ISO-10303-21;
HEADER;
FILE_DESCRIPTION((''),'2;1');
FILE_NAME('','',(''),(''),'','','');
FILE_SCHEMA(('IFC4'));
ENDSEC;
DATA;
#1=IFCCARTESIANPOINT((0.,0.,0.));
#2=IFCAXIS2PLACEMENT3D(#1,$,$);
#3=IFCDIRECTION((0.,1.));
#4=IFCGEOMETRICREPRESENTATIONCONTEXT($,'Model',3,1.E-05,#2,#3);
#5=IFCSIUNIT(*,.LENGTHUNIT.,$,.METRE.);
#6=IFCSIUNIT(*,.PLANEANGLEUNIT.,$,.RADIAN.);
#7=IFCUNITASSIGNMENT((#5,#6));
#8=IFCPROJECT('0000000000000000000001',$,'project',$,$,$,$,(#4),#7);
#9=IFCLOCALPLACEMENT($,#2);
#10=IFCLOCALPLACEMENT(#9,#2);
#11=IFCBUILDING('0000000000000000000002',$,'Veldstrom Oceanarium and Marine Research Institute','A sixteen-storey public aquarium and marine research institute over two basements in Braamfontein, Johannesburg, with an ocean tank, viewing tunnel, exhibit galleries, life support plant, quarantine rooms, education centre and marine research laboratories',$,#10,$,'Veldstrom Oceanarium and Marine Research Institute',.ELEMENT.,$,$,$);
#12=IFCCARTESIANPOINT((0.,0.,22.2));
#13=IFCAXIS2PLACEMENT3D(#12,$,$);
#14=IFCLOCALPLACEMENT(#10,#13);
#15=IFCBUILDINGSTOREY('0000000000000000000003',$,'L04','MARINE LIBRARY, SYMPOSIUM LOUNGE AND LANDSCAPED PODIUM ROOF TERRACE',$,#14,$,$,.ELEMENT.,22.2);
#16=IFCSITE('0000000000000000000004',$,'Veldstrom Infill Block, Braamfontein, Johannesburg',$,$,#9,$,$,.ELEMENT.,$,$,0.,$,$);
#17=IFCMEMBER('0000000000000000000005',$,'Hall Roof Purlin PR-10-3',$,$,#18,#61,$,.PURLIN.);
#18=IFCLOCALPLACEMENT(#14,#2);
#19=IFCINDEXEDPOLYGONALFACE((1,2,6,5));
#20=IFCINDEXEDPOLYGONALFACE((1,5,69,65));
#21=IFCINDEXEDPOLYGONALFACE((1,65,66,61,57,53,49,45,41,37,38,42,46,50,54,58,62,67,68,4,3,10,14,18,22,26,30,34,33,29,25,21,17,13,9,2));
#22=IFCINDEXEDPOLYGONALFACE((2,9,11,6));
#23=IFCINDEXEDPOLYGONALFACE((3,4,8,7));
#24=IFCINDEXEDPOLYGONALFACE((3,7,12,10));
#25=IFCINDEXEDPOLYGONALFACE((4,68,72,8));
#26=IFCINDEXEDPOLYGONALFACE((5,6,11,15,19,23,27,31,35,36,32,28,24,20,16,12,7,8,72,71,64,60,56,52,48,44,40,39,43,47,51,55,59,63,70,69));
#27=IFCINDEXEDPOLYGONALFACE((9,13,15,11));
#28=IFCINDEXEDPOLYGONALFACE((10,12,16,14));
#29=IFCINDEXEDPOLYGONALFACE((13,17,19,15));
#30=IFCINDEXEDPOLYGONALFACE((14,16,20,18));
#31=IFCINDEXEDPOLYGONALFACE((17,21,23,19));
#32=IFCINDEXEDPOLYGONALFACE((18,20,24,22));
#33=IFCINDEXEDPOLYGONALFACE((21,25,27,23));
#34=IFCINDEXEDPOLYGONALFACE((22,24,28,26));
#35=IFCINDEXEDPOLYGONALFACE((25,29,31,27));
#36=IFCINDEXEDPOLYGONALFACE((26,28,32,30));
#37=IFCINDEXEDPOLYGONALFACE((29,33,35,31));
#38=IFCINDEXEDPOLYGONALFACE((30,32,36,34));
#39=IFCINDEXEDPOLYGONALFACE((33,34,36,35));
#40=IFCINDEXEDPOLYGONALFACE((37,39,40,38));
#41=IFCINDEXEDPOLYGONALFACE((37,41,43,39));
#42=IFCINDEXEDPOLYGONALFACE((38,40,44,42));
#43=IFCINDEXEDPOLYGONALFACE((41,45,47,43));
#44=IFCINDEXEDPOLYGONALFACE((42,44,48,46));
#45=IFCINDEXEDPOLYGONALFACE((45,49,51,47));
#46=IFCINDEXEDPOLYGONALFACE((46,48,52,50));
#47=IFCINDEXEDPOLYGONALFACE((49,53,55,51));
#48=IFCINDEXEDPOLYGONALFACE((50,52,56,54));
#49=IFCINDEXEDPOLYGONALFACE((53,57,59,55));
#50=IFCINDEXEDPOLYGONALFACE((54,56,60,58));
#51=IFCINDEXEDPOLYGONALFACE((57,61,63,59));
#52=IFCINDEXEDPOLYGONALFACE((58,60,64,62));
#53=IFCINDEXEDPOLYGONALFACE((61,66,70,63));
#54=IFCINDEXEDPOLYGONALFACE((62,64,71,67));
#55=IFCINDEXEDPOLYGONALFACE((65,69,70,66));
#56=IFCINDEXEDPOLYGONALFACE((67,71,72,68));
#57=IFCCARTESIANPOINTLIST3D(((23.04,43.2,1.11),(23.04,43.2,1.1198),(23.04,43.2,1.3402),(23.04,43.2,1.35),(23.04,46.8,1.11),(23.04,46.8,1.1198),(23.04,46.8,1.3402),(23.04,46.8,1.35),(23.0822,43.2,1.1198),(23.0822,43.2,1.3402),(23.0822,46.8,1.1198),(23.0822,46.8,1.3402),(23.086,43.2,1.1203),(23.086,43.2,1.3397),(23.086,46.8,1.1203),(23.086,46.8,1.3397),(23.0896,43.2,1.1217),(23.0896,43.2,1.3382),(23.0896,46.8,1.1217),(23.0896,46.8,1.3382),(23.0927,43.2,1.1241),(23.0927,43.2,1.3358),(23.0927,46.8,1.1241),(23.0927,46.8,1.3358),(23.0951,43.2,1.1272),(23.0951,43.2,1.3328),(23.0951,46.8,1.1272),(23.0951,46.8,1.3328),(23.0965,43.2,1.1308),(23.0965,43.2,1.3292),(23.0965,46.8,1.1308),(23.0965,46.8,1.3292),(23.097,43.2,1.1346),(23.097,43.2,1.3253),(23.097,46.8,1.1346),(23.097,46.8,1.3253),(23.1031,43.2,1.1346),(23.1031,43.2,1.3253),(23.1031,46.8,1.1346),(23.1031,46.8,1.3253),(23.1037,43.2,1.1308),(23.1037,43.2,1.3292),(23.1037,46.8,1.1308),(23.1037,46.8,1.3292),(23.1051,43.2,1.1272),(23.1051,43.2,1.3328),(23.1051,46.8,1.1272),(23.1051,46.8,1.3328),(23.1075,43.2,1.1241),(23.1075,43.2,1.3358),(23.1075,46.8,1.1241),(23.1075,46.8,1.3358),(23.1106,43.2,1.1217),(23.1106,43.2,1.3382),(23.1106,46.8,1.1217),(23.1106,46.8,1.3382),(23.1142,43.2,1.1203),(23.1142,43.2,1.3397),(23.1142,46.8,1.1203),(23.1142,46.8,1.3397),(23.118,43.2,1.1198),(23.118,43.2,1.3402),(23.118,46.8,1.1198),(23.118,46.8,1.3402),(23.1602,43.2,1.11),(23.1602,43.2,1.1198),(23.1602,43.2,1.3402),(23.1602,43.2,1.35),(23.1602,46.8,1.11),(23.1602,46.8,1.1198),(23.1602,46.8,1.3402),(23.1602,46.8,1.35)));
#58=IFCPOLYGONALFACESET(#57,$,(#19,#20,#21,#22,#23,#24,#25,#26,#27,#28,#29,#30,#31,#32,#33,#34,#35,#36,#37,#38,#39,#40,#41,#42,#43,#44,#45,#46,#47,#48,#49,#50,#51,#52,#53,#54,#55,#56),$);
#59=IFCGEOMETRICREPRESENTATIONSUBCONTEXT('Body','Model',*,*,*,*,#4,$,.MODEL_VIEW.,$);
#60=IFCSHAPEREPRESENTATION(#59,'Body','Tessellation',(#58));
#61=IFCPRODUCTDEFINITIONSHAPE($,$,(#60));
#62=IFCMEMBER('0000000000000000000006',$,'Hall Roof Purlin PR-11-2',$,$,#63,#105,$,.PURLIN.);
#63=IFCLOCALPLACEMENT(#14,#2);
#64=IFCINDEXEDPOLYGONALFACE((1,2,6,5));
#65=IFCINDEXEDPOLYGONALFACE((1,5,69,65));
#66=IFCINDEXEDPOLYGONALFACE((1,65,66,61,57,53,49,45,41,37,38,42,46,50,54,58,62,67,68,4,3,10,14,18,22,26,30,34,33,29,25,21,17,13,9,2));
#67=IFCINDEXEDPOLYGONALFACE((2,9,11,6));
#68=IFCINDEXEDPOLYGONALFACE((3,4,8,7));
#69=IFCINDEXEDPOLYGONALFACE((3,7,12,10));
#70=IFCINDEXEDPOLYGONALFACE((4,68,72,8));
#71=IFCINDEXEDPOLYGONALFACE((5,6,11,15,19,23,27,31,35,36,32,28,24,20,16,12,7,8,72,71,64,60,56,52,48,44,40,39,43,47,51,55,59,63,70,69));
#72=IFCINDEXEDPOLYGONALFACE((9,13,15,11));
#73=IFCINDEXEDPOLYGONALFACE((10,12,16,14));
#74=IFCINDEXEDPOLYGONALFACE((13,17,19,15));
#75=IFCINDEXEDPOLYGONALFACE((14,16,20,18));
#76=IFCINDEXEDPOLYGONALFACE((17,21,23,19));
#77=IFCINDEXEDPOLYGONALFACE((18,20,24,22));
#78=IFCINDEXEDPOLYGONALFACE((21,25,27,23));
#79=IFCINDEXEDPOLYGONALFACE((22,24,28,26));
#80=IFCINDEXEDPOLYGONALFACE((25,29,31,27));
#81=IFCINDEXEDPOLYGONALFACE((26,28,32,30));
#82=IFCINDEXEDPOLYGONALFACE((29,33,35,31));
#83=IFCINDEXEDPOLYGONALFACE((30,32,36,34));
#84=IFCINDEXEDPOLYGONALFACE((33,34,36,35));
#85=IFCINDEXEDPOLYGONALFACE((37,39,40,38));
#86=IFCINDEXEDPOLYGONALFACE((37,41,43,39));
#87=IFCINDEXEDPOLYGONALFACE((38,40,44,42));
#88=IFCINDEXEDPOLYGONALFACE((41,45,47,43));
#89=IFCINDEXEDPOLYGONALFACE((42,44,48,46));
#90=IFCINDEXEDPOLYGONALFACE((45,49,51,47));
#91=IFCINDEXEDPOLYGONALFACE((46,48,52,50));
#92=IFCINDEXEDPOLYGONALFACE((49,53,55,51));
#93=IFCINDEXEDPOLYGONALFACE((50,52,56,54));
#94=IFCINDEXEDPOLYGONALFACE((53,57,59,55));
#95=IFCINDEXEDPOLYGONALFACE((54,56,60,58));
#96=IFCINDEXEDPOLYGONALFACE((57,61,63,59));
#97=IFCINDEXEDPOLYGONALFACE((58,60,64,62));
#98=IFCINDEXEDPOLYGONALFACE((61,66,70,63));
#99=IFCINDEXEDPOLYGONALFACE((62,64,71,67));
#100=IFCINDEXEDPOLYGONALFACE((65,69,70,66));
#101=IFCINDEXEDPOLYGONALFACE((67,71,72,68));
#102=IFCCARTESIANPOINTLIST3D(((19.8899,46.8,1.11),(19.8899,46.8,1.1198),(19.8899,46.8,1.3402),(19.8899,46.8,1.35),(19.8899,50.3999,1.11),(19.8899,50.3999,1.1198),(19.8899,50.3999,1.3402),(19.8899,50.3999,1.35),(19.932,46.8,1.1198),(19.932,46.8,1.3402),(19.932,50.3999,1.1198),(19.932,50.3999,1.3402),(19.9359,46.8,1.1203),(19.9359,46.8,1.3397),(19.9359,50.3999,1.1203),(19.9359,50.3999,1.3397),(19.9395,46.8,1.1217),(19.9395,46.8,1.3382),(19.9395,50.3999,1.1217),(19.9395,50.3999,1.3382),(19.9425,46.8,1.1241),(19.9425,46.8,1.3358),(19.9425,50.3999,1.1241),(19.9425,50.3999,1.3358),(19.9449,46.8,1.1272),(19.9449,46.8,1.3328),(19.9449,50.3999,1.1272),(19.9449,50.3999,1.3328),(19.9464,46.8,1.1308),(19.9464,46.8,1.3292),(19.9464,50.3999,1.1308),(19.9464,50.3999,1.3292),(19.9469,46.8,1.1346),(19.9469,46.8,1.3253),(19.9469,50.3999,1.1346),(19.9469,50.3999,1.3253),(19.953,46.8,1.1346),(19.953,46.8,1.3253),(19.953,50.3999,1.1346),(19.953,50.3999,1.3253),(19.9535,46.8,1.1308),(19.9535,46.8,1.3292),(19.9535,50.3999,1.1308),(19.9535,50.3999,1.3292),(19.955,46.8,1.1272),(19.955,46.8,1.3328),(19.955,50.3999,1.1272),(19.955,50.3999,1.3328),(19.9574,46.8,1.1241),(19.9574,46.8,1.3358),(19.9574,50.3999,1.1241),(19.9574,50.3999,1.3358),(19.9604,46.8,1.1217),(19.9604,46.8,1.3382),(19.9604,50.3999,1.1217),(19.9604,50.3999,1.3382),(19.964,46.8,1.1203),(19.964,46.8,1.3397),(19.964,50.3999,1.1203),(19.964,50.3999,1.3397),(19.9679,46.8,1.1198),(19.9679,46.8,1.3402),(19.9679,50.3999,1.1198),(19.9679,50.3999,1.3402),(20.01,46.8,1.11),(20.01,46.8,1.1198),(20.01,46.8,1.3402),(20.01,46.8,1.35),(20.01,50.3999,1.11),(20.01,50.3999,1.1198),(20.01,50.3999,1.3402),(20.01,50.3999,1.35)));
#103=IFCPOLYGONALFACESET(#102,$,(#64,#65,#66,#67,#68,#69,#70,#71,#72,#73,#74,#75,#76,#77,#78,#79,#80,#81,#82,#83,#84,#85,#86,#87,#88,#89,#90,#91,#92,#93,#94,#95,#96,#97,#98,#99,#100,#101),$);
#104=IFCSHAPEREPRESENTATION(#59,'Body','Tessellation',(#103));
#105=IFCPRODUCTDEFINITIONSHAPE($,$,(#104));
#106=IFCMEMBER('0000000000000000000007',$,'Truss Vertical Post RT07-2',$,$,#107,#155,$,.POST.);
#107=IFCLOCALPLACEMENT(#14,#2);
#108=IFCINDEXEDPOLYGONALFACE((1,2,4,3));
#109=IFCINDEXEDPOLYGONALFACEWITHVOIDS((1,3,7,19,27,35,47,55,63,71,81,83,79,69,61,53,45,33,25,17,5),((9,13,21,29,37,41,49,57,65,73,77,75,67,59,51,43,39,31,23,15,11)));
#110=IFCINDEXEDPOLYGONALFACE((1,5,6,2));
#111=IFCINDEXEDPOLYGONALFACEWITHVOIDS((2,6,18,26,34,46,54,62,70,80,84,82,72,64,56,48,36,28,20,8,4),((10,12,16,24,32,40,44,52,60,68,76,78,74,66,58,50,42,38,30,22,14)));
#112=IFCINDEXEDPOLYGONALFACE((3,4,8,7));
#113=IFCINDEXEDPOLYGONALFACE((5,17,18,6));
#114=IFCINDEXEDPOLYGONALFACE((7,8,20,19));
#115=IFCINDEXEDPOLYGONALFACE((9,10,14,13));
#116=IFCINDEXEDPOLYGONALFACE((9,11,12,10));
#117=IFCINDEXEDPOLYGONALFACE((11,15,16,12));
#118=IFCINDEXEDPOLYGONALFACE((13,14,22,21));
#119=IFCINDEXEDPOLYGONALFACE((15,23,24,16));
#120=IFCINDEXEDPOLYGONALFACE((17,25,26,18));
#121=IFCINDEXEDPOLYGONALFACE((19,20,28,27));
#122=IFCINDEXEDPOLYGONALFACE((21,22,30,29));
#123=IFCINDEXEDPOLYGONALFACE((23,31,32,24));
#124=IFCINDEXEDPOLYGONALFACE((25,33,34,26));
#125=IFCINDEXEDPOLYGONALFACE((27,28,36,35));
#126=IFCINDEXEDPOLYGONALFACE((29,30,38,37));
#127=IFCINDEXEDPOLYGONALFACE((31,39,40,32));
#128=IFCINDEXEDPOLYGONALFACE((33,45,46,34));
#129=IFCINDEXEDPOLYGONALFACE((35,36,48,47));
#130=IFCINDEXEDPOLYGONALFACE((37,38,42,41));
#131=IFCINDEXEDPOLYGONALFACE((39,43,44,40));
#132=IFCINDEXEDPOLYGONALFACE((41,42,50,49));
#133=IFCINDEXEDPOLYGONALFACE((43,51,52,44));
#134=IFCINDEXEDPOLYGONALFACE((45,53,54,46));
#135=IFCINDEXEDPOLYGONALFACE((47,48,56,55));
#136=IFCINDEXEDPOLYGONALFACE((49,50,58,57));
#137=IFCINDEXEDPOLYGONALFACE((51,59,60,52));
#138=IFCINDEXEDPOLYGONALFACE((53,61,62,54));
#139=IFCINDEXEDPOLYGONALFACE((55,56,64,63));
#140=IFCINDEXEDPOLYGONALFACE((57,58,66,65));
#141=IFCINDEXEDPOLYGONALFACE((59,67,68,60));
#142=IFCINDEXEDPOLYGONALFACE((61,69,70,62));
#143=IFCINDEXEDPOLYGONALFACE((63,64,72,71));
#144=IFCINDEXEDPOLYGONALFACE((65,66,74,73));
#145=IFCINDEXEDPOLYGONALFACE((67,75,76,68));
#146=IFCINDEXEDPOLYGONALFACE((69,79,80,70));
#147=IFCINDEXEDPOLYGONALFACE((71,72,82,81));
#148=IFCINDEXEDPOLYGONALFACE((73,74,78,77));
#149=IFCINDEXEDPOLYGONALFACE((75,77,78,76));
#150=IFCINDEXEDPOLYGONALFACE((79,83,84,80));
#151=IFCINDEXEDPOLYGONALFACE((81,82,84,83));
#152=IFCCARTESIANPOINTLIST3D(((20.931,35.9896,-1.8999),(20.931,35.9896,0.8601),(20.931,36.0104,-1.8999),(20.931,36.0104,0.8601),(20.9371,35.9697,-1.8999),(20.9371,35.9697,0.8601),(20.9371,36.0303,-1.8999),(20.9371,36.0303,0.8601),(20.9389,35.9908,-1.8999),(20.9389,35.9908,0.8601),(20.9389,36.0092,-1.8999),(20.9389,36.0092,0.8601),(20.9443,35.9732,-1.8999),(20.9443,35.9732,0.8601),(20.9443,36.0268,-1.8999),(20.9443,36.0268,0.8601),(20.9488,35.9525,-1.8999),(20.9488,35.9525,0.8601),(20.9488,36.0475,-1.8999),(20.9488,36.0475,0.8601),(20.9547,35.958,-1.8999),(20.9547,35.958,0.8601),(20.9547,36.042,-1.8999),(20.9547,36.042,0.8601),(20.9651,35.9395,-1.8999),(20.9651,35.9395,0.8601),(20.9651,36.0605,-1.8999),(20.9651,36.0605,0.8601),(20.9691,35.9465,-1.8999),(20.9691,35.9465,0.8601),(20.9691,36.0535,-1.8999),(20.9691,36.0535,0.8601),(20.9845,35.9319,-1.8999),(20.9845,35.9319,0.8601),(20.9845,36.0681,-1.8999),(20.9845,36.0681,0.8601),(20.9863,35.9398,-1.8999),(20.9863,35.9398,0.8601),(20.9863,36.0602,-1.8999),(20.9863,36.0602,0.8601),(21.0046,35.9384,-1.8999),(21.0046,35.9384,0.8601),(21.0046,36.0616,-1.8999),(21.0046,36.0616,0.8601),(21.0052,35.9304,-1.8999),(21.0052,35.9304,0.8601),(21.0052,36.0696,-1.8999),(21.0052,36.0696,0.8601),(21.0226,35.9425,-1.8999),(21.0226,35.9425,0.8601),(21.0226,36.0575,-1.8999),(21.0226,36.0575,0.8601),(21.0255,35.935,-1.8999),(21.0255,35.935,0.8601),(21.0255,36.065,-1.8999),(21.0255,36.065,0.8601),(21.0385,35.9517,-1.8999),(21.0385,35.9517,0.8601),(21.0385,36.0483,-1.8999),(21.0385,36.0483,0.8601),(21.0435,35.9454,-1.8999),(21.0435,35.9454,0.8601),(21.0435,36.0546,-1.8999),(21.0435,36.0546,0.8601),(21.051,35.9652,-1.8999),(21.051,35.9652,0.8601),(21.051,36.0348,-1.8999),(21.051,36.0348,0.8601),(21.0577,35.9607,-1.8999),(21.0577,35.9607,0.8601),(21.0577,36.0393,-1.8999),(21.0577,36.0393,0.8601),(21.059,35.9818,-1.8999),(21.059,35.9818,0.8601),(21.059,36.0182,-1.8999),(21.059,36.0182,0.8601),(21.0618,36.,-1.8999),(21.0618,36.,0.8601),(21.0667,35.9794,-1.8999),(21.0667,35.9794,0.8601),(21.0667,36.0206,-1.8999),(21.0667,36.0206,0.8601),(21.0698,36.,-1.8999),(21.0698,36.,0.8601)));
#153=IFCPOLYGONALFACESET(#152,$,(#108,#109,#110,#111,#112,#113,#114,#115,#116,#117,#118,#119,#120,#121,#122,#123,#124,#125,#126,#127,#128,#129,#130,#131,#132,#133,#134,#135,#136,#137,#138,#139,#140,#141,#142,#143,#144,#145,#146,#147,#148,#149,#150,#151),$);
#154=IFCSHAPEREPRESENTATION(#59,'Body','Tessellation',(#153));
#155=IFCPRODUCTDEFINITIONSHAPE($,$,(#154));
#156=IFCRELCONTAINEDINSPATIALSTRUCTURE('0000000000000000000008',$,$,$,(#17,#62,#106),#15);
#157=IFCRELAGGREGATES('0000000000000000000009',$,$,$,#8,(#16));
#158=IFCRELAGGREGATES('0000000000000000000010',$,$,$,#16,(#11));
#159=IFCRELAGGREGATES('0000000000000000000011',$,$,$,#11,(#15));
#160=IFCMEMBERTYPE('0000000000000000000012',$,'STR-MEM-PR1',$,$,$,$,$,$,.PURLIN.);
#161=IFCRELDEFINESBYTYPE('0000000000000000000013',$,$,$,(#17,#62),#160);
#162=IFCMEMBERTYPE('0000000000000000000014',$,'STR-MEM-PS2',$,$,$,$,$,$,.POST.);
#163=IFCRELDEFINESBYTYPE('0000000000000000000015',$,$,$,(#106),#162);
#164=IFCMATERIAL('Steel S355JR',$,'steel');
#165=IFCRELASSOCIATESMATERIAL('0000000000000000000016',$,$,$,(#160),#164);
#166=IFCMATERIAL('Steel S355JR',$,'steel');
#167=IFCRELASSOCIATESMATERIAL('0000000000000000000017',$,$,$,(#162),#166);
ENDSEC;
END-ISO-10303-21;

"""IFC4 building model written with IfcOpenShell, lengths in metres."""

from ifc_helpers import new_model, si_unit, direction, frame, origin, origin_2d, place, context, subcontext, project, spatial, hollow_circle, i_section, extrude, material, material_profile, profile_set, type_object, element, save


model = new_model("IFC4")

# Units and contexts
model_context = context("Model", 3, precision=1e-05, world=origin(), true_north=direction((0.0, 1.0)))
body_context = subcontext(model_context, "Body", "Model", "MODEL_VIEW")
ifc_project = project(units=[si_unit("LENGTHUNIT", "METRE"), si_unit("PLANEANGLEUNIT", "RADIAN")], contexts=[model_context])

# Site, building, storey
site_placement = place(None, origin())
site = spatial("IfcSite", under=ifc_project, at=site_placement, Name="Veldstrom Infill Block, Braamfontein, Johannesburg", CompositionType="ELEMENT", RefElevation=0.0)
building_placement = place(site_placement, origin())
building = spatial("IfcBuilding", under=site, at=building_placement, Name="Veldstrom Oceanarium and Marine Research Institute", Description="A sixteen-storey public aquarium and marine research institute over two basements in Braamfontein, Johannesburg, with an ocean tank, viewing tunnel, exhibit galleries, life support plant, quarantine rooms, education centre and marine research laboratories", LongName="Veldstrom Oceanarium and Marine Research Institute", CompositionType="ELEMENT")
storey_placement = place(building_placement, frame((0.0, 0.0, 22.2)))
storey = spatial("IfcBuildingStorey", under=building, at=storey_placement, Name="L04", Description="MARINE LIBRARY, SYMPOSIUM LOUNGE AND LANDSCAPED PODIUM ROOF TERRACE", CompositionType="ELEMENT", Elevation=22.2)

# Members
ifc_material_1 = material(Name="Steel S355JR", Category="steel")
ifc_material_profile_1 = material_profile(ifc_material_1, i_section(OverallWidth=0.1201, OverallDepth=0.24, WebThickness=0.0061, FlangeThickness=0.0098, FilletRadius=0.0149, at=origin_2d()), Name="IPE 240")
ifc_profile_set_1 = profile_set([ifc_material_profile_1], Name="Steel S355JR")
member_type_1 = type_object("IfcMemberType", Name="STR-MEM-PR1", PredefinedType="PURLIN", material=ifc_profile_set_1)
for number, where, z_axis, x_axis, name in (
    (1, (23.1001, 43.2, 1.23), (0.0, 1.0, 0.0), (-1.0, 0.0, 0.0), "Hall Roof Purlin PR-10-3"),
):
    element("IfcMember", number, at=place(storey_placement, frame(where, z_axis=z_axis, x_axis=x_axis)), inside=storey, type_object=member_type_1, Name=name, PredefinedType="PURLIN", context=body_context, shape_type="SweptSolid", body=[
        extrude(i_section(OverallWidth=0.1201, OverallDepth=0.24, WebThickness=0.0061, FlangeThickness=0.0098, FilletRadius=0.0149, at=origin_2d()), origin(), (0.0, 0.0, 1.0), 3.6001),
    ])
member_1_placement = place(storey_placement, frame((19.95, 46.8, 1.23), z_axis=(0.0, 1.0, 0.0), x_axis=(-1.0, 0.0, 0.0)))
element("IfcMember", 2, at=member_1_placement, inside=storey, type_object=member_type_1, Name="Hall Roof Purlin PR-11-2", PredefinedType="PURLIN", context=body_context, shape_type="SweptSolid", body=[
    extrude(i_section(OverallWidth=0.1201, OverallDepth=0.24, WebThickness=0.0061, FlangeThickness=0.0098, FilletRadius=0.0149, at=origin_2d()), origin(), (0.0, 0.0, 1.0), 3.5999),
])
ifc_material_2 = material(Name="Steel S355JR", Category="steel")
ifc_material_profile_2 = material_profile(ifc_material_2, hollow_circle(Radius=0.0698, WallThickness=0.0081, at=origin_2d()), Name="CHS 139.7x8")
ifc_profile_set_2 = profile_set([ifc_material_profile_2], Name="Steel S355JR")
member_type_2 = type_object("IfcMemberType", Name="STR-MEM-PS2", PredefinedType="POST", material=ifc_profile_set_2)
for number, where, z_axis, x_axis, name in (
    (3, (21.0, 36.0, -1.8999), (0.0, 0.0, 1.0), (1.0, 0.0, 0.0), "Truss Vertical Post RT07-2"),
):
    element("IfcMember", number, at=place(storey_placement, frame(where, z_axis=z_axis, x_axis=x_axis)), inside=storey, type_object=member_type_2, Name=name, PredefinedType="POST", context=body_context, shape_type="SweptSolid", body=[
        extrude(hollow_circle(Radius=0.0698, WallThickness=0.0081, at=origin_2d()), origin(), (0.0, 0.0, 1.0), 2.76),
    ])

save(model, "model.ifc")
